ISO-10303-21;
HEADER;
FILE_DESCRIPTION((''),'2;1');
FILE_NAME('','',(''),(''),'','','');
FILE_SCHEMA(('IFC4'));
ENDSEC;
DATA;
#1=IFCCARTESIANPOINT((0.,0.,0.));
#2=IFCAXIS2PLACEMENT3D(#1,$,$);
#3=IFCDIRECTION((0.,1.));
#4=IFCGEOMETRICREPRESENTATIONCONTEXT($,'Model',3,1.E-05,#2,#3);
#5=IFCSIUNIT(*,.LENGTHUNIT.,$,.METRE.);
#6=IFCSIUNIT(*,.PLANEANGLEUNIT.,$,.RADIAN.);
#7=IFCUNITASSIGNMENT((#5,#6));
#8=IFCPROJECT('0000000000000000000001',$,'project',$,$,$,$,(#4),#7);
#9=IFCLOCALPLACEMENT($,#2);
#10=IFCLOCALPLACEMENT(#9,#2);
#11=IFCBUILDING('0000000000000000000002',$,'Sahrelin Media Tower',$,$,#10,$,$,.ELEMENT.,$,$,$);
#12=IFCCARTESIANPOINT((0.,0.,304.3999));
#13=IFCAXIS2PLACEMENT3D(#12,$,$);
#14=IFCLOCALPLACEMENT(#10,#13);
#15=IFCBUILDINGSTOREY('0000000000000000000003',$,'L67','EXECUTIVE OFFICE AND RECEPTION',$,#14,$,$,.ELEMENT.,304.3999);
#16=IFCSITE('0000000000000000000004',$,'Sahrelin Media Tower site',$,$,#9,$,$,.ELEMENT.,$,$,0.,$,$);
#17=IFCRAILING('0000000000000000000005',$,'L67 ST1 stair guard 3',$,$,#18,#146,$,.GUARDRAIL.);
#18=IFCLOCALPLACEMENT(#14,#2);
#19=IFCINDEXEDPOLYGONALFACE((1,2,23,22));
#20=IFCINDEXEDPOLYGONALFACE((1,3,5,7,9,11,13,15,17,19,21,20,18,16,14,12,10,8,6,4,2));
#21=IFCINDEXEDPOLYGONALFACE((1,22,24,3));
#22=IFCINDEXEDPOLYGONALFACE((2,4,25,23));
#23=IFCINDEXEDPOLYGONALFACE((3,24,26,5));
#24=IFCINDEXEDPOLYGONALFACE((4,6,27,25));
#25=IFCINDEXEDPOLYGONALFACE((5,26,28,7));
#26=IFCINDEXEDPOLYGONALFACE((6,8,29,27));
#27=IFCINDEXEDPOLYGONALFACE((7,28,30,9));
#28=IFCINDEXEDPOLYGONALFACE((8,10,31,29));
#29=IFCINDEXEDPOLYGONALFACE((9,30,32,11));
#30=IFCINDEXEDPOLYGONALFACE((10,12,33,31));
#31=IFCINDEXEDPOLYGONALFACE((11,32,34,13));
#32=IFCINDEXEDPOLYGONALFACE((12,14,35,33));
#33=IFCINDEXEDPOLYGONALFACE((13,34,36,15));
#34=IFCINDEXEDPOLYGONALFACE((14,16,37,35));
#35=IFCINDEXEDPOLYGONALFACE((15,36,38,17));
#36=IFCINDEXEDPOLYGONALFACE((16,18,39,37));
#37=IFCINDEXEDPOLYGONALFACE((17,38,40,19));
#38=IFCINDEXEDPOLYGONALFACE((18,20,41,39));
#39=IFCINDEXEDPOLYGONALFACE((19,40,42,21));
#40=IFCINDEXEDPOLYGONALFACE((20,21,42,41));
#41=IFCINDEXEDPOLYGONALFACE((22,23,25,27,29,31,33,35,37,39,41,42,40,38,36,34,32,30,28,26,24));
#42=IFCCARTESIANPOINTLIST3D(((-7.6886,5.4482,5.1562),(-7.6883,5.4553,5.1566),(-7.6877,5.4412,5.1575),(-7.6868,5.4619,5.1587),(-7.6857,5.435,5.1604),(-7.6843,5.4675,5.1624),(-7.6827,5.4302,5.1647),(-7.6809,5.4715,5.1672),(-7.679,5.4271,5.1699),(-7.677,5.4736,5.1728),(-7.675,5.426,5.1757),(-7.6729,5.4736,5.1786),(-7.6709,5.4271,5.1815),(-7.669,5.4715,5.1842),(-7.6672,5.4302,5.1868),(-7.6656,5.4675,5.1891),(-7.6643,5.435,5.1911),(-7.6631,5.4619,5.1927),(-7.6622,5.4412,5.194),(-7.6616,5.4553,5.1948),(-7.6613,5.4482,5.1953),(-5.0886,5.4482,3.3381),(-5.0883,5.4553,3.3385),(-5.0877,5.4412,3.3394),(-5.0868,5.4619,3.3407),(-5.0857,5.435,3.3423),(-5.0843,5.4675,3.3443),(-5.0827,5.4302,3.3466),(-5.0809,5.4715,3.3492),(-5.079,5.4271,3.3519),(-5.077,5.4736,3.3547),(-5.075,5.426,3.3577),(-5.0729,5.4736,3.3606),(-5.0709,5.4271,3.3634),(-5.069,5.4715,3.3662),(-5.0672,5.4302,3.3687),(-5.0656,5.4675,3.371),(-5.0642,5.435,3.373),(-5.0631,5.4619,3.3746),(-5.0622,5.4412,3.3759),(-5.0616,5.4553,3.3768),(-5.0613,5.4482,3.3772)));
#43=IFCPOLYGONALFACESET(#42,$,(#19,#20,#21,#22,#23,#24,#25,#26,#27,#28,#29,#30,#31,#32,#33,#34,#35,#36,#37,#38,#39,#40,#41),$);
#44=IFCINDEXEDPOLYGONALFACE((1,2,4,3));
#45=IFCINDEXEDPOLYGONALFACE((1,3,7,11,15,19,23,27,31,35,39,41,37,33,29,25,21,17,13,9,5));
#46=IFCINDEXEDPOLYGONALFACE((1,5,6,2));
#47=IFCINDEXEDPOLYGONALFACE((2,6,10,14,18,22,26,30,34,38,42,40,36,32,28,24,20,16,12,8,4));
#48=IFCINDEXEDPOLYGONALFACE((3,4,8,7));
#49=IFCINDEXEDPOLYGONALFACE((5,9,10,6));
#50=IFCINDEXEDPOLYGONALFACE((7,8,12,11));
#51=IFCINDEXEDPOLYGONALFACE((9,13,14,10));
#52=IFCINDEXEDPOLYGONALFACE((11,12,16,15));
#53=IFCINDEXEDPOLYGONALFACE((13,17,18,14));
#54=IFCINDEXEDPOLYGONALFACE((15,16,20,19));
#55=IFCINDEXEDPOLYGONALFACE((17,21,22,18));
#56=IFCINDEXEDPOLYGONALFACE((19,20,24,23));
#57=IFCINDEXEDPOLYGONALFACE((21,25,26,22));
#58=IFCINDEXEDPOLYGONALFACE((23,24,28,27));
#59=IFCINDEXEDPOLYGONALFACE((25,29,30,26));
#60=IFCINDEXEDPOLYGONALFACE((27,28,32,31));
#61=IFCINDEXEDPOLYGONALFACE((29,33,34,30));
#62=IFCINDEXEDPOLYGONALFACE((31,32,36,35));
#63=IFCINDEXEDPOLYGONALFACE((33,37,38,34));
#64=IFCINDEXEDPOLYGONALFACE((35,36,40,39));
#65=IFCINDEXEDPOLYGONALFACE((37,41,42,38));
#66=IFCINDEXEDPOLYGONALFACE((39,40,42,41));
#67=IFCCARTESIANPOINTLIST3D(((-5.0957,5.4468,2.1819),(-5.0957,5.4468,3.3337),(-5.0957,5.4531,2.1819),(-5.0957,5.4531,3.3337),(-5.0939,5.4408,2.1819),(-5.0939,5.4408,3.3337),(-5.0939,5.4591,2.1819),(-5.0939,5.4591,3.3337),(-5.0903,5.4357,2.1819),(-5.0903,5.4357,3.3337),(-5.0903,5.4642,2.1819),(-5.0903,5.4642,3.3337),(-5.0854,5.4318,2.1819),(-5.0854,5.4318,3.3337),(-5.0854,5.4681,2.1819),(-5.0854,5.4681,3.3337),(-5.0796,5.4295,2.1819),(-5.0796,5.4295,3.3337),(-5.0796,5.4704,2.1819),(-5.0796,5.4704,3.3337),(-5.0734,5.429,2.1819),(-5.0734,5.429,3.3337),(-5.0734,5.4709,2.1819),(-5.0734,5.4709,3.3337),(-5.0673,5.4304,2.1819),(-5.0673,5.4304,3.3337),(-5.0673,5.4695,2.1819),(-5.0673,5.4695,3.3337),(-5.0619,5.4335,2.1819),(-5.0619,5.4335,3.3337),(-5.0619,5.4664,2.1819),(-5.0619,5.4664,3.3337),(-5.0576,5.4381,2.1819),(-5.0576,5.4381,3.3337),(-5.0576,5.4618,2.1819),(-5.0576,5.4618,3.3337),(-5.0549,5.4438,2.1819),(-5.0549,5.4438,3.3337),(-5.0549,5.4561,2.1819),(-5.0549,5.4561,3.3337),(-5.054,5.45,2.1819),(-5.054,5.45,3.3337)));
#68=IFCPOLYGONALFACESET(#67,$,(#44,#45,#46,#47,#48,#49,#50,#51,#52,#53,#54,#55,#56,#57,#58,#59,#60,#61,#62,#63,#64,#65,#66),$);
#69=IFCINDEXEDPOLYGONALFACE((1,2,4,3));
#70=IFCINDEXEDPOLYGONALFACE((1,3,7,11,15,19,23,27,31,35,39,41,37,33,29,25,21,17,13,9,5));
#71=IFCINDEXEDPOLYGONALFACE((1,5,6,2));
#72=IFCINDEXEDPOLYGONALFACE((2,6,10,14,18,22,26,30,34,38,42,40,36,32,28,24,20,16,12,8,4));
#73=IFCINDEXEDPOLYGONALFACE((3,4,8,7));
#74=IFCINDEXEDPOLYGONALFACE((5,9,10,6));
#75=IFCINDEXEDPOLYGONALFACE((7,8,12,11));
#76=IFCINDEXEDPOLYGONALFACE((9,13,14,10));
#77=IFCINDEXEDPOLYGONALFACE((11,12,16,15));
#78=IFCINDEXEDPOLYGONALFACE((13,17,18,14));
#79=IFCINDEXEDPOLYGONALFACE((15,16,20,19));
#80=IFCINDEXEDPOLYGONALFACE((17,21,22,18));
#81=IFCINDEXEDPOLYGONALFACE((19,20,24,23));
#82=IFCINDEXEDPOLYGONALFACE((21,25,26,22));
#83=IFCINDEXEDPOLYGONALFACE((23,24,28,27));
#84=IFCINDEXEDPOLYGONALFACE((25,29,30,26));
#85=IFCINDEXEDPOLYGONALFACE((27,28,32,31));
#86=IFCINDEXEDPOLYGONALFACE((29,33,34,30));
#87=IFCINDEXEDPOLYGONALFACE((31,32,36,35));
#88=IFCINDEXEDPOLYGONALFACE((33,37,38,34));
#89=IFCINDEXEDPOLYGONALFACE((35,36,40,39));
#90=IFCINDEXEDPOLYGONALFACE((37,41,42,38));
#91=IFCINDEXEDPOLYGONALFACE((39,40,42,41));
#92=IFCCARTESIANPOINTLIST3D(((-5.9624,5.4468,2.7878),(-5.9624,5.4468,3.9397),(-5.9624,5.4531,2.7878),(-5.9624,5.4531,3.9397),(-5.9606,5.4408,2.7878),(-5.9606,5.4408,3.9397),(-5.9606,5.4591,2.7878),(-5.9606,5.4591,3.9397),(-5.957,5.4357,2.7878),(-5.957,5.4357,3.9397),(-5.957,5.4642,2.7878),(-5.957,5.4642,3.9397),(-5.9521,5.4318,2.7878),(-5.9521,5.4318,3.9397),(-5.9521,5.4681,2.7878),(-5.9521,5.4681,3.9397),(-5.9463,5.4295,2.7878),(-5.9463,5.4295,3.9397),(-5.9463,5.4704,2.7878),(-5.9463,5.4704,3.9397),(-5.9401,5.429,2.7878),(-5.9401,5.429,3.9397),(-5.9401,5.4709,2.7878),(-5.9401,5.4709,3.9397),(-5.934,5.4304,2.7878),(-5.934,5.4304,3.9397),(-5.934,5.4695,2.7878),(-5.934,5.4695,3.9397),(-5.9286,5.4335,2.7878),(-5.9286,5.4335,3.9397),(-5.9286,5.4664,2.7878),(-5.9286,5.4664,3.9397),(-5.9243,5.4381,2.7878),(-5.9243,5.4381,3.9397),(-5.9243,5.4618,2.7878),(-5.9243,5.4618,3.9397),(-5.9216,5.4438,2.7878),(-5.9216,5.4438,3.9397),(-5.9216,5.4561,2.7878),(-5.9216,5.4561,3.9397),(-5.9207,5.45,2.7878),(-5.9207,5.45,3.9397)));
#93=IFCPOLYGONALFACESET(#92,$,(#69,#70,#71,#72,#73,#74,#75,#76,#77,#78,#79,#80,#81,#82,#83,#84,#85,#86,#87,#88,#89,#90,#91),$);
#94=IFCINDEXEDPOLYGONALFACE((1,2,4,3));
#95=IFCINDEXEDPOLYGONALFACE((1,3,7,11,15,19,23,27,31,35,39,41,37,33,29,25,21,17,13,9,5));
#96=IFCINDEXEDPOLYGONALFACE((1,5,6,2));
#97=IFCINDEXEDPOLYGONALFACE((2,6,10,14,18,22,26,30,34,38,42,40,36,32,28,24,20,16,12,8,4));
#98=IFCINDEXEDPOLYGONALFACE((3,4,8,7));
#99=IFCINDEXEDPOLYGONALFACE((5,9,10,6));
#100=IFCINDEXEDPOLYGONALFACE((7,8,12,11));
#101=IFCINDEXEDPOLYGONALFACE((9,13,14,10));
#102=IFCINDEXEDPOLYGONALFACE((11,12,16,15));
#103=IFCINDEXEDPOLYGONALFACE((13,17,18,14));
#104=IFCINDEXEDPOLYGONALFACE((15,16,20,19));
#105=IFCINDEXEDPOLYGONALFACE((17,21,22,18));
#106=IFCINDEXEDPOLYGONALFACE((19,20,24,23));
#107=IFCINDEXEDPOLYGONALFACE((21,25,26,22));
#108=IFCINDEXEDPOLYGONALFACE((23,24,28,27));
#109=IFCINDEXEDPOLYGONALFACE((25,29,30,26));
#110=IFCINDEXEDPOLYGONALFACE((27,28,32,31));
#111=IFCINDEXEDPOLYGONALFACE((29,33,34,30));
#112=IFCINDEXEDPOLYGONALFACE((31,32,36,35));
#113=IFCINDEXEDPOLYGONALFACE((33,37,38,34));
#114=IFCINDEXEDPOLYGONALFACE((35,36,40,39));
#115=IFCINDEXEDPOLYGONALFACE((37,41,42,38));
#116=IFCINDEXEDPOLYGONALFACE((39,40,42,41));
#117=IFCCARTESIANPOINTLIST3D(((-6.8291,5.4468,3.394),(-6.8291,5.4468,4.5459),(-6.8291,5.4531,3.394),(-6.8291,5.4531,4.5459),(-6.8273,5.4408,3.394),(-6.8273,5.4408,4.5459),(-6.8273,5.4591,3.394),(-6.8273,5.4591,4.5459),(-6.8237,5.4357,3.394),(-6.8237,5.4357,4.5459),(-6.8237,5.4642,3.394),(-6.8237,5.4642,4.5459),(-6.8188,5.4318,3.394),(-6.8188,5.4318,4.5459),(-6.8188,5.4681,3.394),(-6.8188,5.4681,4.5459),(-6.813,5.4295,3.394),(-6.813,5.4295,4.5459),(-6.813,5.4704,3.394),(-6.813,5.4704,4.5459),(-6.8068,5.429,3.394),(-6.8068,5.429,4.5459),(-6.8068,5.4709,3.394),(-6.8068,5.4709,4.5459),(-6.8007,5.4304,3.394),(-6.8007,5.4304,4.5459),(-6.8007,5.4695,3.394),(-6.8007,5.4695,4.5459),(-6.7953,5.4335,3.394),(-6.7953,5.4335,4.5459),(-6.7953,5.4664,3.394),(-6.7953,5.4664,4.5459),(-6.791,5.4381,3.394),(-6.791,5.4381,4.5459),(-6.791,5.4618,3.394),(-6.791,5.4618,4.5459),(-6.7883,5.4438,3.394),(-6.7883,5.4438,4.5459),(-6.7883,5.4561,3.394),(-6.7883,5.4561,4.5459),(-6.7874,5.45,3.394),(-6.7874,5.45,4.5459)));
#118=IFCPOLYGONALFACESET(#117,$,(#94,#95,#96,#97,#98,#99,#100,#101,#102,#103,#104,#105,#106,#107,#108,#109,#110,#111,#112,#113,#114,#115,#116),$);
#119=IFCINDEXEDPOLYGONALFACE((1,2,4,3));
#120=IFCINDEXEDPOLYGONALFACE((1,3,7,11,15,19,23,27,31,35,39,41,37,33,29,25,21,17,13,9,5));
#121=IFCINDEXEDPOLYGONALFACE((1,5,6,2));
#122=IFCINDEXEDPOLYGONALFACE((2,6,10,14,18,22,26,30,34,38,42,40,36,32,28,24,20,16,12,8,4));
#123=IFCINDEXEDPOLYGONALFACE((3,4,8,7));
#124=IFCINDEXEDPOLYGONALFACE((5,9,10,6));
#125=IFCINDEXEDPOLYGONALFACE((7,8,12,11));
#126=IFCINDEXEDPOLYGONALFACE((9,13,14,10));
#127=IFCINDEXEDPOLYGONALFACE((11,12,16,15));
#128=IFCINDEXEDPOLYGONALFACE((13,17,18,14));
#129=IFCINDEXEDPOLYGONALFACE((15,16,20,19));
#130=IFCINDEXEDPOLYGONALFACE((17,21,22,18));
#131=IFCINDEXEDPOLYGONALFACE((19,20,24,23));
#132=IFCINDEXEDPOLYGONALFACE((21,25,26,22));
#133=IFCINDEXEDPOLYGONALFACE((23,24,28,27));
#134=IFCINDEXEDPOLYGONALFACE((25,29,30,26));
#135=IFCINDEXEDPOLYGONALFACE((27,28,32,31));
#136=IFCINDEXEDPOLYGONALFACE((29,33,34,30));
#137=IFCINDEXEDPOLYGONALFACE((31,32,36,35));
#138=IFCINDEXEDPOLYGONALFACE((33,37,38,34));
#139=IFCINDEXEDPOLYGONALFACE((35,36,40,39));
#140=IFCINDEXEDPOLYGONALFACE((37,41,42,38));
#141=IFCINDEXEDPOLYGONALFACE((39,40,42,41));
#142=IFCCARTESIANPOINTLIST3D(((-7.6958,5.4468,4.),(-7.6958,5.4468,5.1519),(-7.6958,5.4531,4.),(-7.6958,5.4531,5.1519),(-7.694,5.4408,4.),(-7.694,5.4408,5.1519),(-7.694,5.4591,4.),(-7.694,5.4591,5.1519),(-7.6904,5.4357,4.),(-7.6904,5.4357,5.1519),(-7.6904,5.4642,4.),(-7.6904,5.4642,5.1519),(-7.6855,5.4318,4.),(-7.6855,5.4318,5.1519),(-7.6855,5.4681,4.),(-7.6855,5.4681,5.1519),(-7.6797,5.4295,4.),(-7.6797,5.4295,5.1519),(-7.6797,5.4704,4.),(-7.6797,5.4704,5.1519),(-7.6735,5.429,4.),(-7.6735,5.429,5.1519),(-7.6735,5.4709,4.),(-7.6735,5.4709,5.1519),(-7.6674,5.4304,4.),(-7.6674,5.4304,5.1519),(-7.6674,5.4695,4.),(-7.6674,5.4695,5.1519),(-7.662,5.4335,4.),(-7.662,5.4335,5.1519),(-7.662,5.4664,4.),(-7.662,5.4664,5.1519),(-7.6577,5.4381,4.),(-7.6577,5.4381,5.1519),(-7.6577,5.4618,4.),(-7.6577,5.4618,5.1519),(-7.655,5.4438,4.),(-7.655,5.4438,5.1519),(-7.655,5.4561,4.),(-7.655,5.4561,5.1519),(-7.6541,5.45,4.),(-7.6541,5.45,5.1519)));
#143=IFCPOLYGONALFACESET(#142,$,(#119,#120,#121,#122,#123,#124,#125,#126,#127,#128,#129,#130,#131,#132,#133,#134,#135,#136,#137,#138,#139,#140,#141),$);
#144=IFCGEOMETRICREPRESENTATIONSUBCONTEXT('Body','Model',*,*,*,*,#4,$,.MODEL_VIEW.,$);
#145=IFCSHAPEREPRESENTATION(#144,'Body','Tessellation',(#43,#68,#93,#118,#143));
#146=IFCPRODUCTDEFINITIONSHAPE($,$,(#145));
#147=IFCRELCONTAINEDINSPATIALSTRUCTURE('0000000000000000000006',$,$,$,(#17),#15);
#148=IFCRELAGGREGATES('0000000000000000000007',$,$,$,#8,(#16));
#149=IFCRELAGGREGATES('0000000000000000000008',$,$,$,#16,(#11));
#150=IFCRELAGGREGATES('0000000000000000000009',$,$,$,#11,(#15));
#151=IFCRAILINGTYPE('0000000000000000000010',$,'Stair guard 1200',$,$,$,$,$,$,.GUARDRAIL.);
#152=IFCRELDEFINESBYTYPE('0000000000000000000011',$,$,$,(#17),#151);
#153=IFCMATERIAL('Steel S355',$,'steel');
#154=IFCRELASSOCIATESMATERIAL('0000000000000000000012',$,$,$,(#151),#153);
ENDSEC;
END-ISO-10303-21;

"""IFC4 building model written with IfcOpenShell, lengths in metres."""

from ifc_helpers import new_model, si_unit, direction, frame, origin, origin_2d, place, context, subcontext, project, spatial, circle, extrude, material, type_object, element, save


model = new_model("IFC4")

# Units and contexts
model_context = context("Model", 3, precision=1e-05, world=origin(), true_north=direction((0.0, 1.0)))
body_context = subcontext(model_context, "Body", "Model", "MODEL_VIEW")
ifc_project = project(units=[si_unit("LENGTHUNIT", "METRE"), si_unit("PLANEANGLEUNIT", "RADIAN")], contexts=[model_context])

# Site, building, storey
site_placement = place(None, origin())
site = spatial("IfcSite", under=ifc_project, at=site_placement, Name="Sahrelin Media Tower site", CompositionType="ELEMENT", RefElevation=0.0)
building_placement = place(site_placement, origin())
building = spatial("IfcBuilding", under=site, at=building_placement, Name="Sahrelin Media Tower", CompositionType="ELEMENT")
storey_placement = place(building_placement, frame((0.0, 0.0, 304.3999)))
storey = spatial("IfcBuildingStorey", under=building, at=storey_placement, Name="L67", Description="EXECUTIVE OFFICE AND RECEPTION", CompositionType="ELEMENT", Elevation=304.3999)

# Shared definitions
ifc_material_1 = material(Name="Steel S355", Category="steel")

# Railing
railing_type_1 = type_object("IfcRailingType", Name="Stair guard 1200", PredefinedType="GUARDRAIL", material=ifc_material_1)
railing_1_placement = place(storey_placement, frame((-5.075, 5.45, 2.1819)))
element("IfcRailing", 1, at=railing_1_placement, inside=storey, type_object=railing_type_1, Name="L67 ST1 stair guard 3", PredefinedType="GUARDRAIL", context=body_context, shape_type="SweptSolid", body=[
    extrude(circle(Radius=0.0239, at=origin_2d()), frame((0.0, 0.0, 1.1758), z_axis=(-0.819521, 0.0, 0.573049), x_axis=(0.0, -1.0, 0.0)), (0.0, 0.0, 1.0), 3.1726),
    extrude(circle(Radius=0.021, at=origin_2d()), origin(), (0.0, 0.0, 1.0), 1.1519),
    extrude(circle(Radius=0.021, at=origin_2d()), frame((-0.8667, 0.0, 0.606)), (0.0, 0.0, 1.0), 1.1519),
    extrude(circle(Radius=0.021, at=origin_2d()), frame((-1.7334, 0.0, 1.2122)), (0.0, 0.0, 1.0), 1.1519),
    extrude(circle(Radius=0.021, at=origin_2d()), frame((-2.6001, 0.0, 1.8181)), (0.0, 0.0, 1.0), 1.1519),
])

save(model, "model.ifc")
